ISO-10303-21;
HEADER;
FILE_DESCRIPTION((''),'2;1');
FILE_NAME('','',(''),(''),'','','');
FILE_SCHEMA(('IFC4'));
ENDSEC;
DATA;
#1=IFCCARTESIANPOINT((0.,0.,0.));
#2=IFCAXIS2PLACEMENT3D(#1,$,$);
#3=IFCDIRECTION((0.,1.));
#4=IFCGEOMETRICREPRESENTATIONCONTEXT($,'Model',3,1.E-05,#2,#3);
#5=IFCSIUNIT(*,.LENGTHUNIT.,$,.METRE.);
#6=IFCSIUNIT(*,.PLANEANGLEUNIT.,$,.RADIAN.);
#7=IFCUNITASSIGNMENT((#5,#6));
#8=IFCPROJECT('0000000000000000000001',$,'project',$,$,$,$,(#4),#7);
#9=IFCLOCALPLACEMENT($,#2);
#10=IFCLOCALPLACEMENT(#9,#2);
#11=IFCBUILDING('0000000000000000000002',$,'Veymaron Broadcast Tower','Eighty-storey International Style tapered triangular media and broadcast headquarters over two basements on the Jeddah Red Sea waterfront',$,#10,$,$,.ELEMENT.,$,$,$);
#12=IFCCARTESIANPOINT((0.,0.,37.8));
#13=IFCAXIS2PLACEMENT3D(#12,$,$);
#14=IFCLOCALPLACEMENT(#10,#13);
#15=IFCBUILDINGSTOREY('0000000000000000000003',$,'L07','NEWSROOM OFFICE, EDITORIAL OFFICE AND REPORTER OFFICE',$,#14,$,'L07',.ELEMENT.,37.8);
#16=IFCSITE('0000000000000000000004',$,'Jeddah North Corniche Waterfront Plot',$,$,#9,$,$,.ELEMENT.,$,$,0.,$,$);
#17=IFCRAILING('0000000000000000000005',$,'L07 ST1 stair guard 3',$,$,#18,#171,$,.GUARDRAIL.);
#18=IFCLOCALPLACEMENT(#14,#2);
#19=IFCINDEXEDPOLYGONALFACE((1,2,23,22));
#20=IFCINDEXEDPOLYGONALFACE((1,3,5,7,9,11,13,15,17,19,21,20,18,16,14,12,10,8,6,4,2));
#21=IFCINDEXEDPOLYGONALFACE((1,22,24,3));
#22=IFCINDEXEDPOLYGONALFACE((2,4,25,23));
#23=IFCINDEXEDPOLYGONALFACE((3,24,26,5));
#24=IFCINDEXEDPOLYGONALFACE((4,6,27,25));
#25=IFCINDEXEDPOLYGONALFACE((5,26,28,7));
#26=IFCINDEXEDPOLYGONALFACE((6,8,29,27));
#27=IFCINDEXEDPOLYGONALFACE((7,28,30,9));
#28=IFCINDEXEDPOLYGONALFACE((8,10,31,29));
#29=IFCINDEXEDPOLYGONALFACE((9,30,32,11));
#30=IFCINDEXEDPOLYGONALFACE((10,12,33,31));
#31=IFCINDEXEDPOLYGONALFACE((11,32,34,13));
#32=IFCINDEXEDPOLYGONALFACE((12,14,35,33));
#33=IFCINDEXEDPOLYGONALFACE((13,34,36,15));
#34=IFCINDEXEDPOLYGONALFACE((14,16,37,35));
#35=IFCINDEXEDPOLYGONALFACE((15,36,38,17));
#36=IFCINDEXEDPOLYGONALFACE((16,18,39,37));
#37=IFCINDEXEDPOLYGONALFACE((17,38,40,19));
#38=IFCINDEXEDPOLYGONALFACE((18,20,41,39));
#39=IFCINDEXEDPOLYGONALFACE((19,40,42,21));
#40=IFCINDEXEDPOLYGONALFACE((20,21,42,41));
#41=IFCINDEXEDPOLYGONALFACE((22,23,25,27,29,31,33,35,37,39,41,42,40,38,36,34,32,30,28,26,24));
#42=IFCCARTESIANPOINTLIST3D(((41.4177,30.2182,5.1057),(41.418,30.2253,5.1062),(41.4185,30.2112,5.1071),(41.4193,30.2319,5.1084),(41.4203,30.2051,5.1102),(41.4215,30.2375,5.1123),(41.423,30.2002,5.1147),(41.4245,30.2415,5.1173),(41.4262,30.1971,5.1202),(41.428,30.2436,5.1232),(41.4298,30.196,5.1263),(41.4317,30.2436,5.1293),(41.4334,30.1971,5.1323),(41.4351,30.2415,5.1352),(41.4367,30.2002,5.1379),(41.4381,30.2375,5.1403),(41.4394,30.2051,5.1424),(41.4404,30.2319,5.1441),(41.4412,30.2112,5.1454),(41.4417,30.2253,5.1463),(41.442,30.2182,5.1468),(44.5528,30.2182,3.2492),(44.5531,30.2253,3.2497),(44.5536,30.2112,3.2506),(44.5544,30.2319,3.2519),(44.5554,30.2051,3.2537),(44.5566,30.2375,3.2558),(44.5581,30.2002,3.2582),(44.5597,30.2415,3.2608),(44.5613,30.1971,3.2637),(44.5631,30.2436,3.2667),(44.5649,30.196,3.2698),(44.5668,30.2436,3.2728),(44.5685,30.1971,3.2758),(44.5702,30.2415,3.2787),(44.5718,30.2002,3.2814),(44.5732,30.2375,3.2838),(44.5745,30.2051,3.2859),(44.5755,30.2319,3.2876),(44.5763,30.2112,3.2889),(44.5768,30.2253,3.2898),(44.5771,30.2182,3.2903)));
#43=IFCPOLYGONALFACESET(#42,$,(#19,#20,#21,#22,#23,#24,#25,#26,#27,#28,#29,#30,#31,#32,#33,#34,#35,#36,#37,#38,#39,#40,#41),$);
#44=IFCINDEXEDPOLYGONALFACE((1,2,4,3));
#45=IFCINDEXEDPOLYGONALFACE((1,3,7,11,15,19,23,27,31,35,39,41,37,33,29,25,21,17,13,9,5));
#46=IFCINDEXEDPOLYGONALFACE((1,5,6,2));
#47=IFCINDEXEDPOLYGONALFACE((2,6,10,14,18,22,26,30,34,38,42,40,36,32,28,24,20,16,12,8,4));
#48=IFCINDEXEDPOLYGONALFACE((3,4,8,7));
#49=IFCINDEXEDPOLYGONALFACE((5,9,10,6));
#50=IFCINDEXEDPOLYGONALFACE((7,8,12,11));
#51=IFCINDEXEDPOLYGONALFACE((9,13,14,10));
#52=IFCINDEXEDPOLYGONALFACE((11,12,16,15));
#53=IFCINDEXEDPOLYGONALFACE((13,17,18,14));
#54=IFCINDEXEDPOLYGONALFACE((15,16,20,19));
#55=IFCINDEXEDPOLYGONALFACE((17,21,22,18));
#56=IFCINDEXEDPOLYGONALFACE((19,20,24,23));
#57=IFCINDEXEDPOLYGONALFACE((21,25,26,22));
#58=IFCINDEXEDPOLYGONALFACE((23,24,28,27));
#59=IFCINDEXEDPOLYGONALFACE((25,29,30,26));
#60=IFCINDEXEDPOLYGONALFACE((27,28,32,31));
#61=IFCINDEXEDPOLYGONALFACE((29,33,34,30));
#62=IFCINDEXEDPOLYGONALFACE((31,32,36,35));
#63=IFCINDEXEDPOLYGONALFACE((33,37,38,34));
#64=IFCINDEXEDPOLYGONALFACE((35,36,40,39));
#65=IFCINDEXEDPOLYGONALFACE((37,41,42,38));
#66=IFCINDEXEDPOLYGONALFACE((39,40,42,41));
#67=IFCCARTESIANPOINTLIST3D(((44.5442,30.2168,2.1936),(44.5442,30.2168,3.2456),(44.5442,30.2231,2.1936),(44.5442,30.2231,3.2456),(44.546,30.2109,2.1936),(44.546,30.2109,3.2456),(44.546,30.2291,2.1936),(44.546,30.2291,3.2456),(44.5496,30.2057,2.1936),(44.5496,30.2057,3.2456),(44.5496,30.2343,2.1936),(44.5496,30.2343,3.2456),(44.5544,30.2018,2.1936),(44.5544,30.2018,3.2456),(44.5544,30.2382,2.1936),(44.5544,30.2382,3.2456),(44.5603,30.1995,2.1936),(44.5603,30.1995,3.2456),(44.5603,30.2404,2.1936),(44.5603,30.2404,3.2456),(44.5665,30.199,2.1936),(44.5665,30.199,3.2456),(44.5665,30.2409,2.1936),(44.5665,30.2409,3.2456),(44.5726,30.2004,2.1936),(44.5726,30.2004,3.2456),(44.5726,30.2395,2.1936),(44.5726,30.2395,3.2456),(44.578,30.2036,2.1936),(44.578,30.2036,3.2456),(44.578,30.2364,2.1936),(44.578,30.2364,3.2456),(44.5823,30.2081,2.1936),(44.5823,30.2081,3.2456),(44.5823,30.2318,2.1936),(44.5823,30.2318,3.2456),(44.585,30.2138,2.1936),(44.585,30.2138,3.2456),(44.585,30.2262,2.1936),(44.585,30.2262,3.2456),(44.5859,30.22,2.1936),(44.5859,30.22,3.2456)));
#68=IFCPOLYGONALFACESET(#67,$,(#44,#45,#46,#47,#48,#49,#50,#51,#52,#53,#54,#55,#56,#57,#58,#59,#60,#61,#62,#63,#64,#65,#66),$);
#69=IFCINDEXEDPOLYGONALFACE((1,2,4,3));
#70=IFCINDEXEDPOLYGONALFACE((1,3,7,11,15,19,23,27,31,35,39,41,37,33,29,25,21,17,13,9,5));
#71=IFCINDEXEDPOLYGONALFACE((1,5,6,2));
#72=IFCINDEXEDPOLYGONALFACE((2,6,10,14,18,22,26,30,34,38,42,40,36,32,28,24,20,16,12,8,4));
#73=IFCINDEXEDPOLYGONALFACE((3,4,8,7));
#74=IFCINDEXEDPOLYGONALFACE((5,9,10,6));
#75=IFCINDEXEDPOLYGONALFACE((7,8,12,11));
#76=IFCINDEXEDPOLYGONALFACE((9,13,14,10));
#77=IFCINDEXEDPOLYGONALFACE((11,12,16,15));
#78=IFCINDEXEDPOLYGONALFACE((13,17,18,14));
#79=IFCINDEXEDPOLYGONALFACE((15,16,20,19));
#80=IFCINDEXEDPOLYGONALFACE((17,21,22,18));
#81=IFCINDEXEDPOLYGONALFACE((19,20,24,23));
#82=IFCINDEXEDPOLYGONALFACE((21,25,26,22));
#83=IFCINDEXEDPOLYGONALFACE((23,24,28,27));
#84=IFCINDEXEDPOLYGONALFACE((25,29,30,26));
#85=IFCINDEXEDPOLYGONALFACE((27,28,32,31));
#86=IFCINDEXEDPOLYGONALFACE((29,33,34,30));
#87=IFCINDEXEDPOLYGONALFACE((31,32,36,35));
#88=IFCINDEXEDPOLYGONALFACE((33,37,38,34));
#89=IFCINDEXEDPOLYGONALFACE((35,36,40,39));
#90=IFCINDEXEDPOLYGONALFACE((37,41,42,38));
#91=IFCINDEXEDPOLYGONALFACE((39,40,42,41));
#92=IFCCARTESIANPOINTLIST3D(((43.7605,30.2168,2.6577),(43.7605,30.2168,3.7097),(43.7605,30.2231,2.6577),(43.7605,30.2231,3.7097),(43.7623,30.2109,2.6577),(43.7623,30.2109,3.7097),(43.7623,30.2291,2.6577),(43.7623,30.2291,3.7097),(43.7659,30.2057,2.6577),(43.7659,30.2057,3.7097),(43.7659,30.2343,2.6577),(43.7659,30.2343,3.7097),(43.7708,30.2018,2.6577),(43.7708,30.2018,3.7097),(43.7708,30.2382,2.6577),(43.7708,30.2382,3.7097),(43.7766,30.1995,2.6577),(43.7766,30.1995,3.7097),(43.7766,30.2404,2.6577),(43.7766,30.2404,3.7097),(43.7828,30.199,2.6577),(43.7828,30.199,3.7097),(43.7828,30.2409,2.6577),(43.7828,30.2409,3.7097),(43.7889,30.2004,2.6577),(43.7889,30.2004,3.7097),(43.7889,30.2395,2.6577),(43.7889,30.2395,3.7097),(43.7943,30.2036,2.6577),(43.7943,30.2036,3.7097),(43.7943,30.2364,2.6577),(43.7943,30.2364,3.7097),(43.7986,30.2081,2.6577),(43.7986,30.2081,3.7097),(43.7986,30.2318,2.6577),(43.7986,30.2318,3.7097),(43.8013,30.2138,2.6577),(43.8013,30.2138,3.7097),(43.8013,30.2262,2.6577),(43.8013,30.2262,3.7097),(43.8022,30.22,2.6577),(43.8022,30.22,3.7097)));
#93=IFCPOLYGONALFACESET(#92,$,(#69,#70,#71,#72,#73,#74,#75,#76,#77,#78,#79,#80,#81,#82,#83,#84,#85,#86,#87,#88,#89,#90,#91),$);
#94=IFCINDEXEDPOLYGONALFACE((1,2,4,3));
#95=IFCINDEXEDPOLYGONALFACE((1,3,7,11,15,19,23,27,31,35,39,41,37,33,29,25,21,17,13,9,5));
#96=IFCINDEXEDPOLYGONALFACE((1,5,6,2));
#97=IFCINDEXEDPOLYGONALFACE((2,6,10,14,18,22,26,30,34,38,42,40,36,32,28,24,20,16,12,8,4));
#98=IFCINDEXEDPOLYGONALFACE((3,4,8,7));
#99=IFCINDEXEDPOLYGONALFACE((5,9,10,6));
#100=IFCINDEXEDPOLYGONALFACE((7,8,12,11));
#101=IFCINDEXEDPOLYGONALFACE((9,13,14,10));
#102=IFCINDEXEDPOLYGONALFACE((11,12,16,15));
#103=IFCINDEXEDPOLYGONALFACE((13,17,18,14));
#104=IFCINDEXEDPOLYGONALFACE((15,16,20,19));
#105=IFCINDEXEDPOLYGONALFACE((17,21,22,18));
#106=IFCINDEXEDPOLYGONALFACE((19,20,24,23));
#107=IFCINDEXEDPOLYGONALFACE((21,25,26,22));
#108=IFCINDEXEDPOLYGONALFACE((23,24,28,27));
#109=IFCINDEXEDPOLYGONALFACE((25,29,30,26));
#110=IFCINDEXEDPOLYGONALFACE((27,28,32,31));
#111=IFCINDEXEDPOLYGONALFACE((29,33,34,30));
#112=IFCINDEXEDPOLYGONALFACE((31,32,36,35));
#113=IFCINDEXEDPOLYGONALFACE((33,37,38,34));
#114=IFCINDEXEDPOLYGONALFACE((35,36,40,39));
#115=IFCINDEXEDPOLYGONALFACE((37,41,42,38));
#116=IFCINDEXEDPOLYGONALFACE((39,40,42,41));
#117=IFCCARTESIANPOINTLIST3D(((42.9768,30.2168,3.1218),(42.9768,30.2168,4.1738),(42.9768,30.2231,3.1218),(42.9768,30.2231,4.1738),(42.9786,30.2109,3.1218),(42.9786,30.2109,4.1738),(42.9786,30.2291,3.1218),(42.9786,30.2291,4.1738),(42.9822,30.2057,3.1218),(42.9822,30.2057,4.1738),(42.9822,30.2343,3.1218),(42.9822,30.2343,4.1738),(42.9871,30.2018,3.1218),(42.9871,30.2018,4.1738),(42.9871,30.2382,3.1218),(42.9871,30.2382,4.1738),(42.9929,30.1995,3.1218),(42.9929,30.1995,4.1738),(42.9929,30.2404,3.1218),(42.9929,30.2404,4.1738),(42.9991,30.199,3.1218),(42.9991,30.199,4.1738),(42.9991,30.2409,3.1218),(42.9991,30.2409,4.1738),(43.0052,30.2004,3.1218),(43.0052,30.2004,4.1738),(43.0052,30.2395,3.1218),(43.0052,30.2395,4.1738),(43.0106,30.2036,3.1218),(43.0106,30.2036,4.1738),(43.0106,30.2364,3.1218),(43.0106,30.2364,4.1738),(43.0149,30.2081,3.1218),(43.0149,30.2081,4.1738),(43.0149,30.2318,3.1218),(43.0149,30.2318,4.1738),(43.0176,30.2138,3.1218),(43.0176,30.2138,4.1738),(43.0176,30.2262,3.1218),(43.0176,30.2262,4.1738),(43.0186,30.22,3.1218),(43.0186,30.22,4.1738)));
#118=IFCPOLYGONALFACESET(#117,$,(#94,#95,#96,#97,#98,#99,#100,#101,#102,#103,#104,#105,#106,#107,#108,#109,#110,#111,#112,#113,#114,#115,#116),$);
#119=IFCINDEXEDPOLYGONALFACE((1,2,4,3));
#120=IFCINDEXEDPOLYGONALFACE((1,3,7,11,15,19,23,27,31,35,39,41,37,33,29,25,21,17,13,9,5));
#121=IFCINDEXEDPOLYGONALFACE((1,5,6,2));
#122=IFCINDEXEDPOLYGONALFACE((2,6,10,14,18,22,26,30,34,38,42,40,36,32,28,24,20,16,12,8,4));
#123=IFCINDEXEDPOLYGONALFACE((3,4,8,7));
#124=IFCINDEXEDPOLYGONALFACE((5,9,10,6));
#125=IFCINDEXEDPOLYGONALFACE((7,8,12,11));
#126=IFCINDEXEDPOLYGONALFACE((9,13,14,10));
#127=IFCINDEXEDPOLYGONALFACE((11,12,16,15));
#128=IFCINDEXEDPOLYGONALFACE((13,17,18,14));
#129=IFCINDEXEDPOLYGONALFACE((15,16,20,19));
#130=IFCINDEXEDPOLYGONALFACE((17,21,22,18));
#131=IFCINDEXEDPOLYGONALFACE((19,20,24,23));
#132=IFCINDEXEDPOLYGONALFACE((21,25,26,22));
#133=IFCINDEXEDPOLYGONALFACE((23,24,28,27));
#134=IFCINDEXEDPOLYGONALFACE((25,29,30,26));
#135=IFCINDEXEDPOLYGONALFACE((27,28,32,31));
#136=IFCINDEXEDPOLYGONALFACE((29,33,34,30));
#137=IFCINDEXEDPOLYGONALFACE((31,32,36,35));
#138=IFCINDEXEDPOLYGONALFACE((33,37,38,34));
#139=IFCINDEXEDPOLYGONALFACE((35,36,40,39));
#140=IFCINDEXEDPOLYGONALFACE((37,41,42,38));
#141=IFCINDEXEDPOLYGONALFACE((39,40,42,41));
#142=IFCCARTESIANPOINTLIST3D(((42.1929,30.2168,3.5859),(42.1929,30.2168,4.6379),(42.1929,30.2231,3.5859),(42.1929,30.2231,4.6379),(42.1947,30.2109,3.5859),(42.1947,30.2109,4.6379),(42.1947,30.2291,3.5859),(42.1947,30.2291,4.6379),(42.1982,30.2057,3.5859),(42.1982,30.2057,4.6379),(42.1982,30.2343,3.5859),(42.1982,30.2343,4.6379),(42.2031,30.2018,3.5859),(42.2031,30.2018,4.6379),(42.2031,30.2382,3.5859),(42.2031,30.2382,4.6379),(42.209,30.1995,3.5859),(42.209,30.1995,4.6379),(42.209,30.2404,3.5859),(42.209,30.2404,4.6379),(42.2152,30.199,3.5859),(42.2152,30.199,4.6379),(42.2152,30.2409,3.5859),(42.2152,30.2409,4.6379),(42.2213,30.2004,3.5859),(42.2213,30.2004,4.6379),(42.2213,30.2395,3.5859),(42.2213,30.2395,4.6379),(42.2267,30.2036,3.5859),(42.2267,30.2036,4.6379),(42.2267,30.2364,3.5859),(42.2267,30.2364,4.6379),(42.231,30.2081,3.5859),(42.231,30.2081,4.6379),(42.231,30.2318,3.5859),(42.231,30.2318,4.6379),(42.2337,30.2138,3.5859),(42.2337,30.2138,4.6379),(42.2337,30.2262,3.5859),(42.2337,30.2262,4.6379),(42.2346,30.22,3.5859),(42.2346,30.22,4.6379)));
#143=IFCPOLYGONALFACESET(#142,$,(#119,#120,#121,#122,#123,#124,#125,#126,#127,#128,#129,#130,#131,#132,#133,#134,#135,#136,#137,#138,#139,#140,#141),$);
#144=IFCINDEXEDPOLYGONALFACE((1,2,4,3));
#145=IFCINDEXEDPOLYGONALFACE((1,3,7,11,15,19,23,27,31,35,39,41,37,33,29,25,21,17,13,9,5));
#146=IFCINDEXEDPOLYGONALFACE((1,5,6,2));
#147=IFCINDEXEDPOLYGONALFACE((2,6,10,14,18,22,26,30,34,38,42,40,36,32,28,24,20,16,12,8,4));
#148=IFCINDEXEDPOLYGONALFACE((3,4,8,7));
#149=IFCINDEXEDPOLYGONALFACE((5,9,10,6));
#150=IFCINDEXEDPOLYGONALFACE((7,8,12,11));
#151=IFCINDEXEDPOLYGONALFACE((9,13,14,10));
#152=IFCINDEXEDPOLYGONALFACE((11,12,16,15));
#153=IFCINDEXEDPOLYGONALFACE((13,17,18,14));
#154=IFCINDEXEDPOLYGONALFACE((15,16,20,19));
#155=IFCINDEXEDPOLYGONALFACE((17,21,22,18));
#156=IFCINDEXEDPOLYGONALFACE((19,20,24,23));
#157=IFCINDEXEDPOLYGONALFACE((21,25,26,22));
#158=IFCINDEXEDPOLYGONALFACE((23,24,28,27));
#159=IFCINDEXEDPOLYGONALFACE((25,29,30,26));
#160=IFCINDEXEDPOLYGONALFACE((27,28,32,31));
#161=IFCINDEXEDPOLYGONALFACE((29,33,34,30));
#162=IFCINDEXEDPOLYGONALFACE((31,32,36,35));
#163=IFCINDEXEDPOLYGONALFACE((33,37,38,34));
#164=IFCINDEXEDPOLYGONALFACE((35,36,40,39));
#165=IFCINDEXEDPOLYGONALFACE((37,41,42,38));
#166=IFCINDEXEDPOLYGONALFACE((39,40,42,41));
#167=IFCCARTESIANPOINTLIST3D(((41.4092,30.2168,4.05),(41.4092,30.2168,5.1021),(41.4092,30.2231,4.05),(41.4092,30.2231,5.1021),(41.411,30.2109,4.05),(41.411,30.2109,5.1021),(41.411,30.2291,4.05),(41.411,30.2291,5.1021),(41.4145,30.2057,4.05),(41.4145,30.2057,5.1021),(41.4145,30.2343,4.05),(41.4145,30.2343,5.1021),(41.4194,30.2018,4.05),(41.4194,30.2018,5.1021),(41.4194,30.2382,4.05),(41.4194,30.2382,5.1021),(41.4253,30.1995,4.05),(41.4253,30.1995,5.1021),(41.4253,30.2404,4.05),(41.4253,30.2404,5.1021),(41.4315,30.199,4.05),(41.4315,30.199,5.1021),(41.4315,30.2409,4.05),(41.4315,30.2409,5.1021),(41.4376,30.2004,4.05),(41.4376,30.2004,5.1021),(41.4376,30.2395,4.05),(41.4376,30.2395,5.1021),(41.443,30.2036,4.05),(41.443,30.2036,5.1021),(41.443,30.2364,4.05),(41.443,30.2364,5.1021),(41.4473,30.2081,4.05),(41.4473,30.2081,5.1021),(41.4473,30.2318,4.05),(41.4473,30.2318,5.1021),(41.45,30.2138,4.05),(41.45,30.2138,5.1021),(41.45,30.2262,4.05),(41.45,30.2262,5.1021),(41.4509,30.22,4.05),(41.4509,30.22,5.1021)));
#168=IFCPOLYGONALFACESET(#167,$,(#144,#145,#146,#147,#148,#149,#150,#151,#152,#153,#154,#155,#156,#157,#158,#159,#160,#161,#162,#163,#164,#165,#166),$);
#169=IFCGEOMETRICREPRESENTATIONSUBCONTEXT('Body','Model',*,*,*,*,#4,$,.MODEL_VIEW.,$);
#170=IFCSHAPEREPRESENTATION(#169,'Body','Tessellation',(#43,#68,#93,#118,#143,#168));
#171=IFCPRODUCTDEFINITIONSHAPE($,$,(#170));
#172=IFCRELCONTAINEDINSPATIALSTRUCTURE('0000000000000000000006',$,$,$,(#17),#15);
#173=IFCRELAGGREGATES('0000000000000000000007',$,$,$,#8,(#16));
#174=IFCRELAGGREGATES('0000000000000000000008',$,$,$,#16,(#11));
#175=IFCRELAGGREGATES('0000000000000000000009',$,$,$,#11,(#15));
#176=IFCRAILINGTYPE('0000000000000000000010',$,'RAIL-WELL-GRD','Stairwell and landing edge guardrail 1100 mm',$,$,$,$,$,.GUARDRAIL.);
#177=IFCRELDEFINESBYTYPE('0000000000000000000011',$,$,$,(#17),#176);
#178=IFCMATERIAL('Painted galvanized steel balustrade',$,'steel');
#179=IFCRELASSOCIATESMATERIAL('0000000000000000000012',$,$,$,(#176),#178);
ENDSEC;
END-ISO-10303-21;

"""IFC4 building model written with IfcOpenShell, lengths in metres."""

from ifc_helpers import new_model, si_unit, direction, frame, origin, origin_2d, place, context, subcontext, project, spatial, circle, extrude, material, type_object, element, save


model = new_model("IFC4")

# Units and contexts
model_context = context("Model", 3, precision=1e-05, world=origin(), true_north=direction((0.0, 1.0)))
body_context = subcontext(model_context, "Body", "Model", "MODEL_VIEW")
ifc_project = project(units=[si_unit("LENGTHUNIT", "METRE"), si_unit("PLANEANGLEUNIT", "RADIAN")], contexts=[model_context])

# Site, building, storey
site_placement = place(None, origin())
site = spatial("IfcSite", under=ifc_project, at=site_placement, Name="Jeddah North Corniche Waterfront Plot", CompositionType="ELEMENT", RefElevation=0.0)
building_placement = place(site_placement, origin())
building = spatial("IfcBuilding", under=site, at=building_placement, Name="Veymaron Broadcast Tower", Description="Eighty-storey International Style tapered triangular media and broadcast headquarters over two basements on the Jeddah Red Sea waterfront", CompositionType="ELEMENT")
storey_placement = place(building_placement, frame((0.0, 0.0, 37.8)))
storey = spatial("IfcBuildingStorey", under=building, at=storey_placement, Name="L07", Description="NEWSROOM OFFICE, EDITORIAL OFFICE AND REPORTER OFFICE", LongName="L07", CompositionType="ELEMENT", Elevation=37.8)

# Railing
ifc_material_1 = material(Name="Painted galvanized steel balustrade", Category="steel")
railing_type_1 = type_object("IfcRailingType", Name="RAIL-WELL-GRD", Description="Stairwell and landing edge guardrail 1100 mm", PredefinedType="GUARDRAIL", material=ifc_material_1)
railing_1_placement = place(storey_placement, frame((44.5649, 30.22, 2.1936)))
element("IfcRailing", 1, at=railing_1_placement, inside=storey, type_object=railing_type_1, Name="L07 ST1 stair guard 3", PredefinedType="GUARDRAIL", context=body_context, shape_type="SweptSolid", body=[
    extrude(circle(Radius=0.0239, at=origin_2d()), frame((0.0, 0.0, 1.0762), z_axis=(-0.860453, 0.0, 0.509531), x_axis=(0.0, -1.0, 0.0)), (0.0, 0.0, 1.0), 3.6436),
    extrude(circle(Radius=0.021, at=origin_2d()), origin(), (0.0, 0.0, 1.0), 1.052),
    extrude(circle(Radius=0.021, at=origin_2d()), frame((-0.7837, 0.0, 0.4641)), (0.0, 0.0, 1.0), 1.052),
    extrude(circle(Radius=0.021, at=origin_2d()), frame((-1.5674, 0.0, 0.9282)), (0.0, 0.0, 1.0), 1.052),
    extrude(circle(Radius=0.021, at=origin_2d()), frame((-2.3513, 0.0, 1.3923)), (0.0, 0.0, 1.0), 1.052),
    extrude(circle(Radius=0.021, at=origin_2d()), frame((-3.135, 0.0, 1.8564)), (0.0, 0.0, 1.0), 1.052),
])

save(model, "model.ifc")
